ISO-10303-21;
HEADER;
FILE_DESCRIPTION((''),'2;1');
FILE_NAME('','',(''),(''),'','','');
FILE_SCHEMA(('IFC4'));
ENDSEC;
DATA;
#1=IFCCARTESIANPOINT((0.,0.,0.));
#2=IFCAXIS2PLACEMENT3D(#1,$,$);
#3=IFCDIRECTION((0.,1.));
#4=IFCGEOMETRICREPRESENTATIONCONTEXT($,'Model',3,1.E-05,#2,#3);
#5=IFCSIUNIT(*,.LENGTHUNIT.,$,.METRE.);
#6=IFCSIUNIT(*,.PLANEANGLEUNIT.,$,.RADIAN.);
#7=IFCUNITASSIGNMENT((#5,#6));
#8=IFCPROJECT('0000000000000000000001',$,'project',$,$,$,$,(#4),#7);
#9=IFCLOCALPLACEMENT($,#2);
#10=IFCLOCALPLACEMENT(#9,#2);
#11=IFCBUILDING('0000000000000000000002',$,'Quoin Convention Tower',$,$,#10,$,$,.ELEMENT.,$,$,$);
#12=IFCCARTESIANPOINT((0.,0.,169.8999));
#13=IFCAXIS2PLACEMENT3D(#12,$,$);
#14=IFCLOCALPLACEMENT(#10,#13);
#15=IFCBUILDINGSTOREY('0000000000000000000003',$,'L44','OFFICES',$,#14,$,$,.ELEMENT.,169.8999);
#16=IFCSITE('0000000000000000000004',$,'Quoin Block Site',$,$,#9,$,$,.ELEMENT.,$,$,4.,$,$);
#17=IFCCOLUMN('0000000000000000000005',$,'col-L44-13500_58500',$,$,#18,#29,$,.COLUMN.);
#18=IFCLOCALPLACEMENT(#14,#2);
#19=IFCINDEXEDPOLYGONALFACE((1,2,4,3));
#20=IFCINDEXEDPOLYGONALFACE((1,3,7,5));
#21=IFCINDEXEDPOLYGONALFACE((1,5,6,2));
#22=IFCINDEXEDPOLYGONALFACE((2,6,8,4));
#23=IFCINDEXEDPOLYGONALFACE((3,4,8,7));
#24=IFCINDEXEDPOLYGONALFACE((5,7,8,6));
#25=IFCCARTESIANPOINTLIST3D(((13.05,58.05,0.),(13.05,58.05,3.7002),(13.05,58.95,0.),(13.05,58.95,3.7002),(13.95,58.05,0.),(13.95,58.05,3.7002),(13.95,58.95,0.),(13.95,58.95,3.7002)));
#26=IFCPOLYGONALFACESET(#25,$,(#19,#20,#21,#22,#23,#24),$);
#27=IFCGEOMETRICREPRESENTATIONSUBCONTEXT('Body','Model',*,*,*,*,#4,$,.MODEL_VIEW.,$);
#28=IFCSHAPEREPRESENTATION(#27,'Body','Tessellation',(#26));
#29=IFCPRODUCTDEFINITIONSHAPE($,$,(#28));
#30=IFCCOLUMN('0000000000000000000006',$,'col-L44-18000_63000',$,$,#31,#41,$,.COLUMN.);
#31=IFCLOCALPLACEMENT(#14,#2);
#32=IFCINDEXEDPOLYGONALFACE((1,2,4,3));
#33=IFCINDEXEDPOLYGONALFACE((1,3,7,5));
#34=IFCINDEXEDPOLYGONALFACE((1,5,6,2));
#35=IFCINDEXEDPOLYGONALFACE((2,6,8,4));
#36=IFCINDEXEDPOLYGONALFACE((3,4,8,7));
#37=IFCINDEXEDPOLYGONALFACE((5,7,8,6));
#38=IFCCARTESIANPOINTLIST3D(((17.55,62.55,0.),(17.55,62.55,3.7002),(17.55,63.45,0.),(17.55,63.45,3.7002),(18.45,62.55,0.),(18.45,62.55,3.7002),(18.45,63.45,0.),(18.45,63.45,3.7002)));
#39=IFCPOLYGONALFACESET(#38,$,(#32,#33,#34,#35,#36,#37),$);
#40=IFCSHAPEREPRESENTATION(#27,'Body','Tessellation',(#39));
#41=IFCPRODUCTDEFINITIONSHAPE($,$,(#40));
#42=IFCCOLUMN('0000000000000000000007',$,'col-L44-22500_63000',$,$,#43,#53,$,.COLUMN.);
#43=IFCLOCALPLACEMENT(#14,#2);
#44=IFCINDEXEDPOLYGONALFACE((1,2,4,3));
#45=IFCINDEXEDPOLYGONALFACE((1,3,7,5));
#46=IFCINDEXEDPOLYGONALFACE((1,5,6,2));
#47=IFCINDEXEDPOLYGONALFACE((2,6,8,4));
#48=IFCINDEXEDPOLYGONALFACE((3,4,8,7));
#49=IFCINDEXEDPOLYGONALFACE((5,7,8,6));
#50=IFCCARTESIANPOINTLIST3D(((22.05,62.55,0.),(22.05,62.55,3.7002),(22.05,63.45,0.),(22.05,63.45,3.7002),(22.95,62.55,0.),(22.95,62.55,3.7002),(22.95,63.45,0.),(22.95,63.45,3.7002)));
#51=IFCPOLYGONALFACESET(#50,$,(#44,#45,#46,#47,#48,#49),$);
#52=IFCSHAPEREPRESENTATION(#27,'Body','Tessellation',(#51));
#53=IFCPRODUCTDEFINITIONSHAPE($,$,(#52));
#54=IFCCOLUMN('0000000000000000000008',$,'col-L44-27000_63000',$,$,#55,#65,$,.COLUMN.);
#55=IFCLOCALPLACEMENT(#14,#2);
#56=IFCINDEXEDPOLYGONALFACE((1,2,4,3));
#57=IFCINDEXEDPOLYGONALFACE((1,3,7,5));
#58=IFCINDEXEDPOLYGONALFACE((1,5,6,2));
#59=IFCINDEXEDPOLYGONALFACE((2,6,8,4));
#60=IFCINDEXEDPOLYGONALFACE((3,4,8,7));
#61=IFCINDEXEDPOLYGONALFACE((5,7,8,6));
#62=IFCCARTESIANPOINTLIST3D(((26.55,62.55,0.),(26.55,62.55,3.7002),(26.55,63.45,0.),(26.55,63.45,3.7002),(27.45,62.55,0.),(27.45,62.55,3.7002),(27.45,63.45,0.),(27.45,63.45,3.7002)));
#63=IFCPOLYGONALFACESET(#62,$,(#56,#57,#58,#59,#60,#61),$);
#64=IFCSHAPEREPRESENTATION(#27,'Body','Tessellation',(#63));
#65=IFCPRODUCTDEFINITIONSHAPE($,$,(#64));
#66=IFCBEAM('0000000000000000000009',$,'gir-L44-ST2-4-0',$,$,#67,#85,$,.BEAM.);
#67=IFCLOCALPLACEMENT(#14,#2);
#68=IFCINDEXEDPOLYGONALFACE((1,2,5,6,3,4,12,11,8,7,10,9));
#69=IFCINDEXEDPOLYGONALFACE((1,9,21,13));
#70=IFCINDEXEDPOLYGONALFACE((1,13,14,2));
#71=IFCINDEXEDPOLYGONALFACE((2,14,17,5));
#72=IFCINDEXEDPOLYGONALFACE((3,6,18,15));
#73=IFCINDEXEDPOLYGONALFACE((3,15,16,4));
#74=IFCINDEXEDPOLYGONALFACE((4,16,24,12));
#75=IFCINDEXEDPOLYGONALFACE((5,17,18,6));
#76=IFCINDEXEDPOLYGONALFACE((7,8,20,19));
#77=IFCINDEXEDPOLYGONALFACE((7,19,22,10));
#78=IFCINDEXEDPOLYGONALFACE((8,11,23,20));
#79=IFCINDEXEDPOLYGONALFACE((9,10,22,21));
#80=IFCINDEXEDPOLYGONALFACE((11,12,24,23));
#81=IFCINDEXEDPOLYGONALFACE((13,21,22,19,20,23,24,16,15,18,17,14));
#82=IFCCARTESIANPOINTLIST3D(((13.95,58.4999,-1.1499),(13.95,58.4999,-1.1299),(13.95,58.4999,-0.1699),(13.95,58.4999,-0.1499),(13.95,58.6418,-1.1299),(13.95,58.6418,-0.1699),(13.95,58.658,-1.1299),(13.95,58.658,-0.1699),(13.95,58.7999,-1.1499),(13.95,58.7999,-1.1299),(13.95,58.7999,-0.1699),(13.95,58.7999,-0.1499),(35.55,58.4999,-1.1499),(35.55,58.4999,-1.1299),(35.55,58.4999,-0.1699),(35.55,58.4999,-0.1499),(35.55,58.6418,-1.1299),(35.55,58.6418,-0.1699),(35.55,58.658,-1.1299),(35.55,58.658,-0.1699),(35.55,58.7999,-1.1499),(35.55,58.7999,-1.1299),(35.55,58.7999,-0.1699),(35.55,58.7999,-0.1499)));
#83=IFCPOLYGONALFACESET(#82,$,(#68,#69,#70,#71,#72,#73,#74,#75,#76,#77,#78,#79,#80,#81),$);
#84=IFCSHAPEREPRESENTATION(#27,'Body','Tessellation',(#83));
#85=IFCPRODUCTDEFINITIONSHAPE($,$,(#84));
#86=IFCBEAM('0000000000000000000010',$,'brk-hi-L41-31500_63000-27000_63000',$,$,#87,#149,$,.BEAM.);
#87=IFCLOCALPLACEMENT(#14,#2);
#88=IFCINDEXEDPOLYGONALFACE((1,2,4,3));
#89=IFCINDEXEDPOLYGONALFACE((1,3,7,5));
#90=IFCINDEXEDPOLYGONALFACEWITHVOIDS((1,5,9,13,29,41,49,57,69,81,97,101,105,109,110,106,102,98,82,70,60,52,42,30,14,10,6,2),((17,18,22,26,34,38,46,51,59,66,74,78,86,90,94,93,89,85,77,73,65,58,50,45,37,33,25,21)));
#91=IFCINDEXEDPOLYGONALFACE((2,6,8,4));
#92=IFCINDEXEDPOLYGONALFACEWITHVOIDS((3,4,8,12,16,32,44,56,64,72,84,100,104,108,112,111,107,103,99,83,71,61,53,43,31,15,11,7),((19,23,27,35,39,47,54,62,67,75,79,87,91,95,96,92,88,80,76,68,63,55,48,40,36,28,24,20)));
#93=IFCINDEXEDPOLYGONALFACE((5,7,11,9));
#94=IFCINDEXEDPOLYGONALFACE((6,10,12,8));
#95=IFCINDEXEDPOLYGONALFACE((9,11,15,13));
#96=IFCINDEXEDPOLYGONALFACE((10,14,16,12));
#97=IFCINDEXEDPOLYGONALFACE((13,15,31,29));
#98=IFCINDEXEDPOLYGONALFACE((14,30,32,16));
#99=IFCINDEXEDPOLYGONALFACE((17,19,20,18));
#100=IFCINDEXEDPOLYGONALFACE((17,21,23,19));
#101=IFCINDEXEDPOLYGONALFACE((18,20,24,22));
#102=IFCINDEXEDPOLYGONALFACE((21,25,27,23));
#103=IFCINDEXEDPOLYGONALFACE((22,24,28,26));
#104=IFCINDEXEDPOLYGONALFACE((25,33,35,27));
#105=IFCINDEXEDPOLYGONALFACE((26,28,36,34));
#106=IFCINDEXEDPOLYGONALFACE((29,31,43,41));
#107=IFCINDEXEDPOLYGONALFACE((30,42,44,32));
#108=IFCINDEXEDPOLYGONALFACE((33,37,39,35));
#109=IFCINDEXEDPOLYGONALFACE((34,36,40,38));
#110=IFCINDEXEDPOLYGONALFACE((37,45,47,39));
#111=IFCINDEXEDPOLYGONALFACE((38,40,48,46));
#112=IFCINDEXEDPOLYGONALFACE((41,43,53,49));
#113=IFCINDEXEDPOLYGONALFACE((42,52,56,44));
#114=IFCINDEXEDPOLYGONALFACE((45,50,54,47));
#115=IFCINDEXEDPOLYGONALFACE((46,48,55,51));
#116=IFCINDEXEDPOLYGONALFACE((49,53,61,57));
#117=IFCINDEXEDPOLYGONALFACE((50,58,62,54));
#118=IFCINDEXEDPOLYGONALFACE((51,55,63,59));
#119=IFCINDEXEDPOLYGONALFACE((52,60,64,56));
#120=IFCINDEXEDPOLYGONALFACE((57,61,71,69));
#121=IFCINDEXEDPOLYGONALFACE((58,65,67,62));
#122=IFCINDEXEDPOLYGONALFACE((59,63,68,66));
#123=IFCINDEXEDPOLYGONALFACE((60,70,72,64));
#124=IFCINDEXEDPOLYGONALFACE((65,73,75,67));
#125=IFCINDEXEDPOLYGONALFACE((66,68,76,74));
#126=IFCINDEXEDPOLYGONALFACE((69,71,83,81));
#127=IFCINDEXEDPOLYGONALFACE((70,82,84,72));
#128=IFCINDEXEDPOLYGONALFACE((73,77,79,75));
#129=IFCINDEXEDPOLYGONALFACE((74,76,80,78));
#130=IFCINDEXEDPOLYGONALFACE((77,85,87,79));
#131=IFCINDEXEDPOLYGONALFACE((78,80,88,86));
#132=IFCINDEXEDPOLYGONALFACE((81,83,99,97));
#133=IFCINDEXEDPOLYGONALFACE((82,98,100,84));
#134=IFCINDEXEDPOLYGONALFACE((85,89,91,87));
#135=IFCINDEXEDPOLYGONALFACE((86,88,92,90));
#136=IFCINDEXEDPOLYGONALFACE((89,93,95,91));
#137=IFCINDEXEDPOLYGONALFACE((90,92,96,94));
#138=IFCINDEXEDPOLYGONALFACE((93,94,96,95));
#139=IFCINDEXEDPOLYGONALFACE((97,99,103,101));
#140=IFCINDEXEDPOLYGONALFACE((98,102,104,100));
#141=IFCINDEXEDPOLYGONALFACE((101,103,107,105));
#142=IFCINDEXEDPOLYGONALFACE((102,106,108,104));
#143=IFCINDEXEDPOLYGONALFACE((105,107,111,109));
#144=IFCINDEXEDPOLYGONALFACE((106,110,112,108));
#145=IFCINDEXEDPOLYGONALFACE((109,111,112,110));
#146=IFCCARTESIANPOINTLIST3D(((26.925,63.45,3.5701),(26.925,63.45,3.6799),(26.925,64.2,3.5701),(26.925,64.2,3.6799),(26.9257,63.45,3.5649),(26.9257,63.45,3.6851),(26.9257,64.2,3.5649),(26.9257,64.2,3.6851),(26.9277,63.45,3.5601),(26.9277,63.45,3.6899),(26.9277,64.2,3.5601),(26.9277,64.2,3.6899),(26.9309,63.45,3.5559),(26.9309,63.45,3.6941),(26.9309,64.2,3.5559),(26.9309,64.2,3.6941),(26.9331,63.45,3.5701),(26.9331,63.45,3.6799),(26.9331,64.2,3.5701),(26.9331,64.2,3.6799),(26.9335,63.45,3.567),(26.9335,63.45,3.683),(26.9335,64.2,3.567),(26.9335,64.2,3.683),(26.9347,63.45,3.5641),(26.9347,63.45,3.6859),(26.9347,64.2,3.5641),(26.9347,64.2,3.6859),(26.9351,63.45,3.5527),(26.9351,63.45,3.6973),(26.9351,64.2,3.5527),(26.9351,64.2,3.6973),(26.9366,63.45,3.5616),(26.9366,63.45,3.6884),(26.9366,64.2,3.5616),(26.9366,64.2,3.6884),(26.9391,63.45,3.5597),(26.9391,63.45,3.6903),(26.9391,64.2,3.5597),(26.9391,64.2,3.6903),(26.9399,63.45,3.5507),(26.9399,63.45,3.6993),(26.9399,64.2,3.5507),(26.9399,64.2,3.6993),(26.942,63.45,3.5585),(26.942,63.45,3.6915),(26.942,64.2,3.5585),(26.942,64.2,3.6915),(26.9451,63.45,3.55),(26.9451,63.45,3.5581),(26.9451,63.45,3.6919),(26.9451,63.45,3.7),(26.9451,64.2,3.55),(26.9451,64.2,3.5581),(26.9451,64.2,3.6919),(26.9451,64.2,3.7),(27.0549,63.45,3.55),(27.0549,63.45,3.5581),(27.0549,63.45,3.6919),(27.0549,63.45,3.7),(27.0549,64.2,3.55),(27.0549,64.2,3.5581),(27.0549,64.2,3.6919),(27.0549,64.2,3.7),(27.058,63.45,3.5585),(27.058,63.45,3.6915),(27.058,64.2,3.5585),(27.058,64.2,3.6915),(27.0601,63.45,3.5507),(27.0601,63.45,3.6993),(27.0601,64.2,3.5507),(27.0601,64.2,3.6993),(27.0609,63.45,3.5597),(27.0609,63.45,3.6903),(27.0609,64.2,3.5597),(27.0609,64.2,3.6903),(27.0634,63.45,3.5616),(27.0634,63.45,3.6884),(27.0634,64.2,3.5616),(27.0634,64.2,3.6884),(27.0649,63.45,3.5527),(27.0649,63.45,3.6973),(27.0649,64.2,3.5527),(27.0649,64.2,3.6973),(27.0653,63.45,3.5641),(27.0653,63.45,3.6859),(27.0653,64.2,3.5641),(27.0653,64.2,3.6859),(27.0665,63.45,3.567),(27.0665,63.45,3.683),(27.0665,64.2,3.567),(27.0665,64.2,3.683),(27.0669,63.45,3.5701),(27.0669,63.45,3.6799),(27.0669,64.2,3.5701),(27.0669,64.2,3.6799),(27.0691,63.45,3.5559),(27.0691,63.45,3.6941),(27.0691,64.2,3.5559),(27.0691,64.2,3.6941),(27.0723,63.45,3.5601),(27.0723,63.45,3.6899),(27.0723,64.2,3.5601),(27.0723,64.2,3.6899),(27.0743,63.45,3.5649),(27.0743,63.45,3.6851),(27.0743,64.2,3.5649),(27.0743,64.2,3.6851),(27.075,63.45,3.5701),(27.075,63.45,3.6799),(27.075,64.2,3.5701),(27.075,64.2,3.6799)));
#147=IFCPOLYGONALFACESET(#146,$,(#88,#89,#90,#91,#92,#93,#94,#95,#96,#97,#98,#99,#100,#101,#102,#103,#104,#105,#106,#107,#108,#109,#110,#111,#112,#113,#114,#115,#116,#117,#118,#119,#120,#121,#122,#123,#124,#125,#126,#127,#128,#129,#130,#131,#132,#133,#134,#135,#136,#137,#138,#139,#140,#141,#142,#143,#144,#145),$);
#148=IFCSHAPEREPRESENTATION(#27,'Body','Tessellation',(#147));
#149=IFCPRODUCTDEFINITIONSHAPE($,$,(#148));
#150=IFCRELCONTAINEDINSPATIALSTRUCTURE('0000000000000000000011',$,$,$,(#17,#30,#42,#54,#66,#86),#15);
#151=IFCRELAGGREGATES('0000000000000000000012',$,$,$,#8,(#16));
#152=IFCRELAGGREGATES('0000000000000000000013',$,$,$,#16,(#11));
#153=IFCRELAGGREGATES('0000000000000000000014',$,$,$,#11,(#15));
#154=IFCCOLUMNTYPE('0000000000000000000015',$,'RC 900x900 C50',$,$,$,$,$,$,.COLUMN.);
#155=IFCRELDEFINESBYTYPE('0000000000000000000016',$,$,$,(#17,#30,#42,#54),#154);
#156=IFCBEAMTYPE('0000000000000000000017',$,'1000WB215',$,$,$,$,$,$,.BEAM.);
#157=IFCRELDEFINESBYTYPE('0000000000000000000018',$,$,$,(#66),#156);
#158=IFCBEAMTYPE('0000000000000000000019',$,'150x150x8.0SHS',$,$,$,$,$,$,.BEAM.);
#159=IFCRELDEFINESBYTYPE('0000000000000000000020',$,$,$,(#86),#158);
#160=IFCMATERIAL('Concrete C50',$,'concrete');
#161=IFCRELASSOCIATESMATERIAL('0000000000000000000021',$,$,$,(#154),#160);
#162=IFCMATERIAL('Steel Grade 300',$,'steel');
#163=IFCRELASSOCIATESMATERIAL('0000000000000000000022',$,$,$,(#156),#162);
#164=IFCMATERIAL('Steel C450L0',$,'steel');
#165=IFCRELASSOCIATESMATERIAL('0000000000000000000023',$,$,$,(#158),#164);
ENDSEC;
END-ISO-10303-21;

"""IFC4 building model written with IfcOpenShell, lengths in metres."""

from ifc_helpers import new_model, si_unit, direction, frame, origin, origin_2d, place, context, subcontext, project, spatial, rectangle, hollow_rectangle, i_section, extrude, material, material_profile, profile_set, type_object, element, save


model = new_model("IFC4")

# Units and contexts
model_context = context("Model", 3, precision=1e-05, world=origin(), true_north=direction((0.0, 1.0)))
body_context = subcontext(model_context, "Body", "Model", "MODEL_VIEW")
ifc_project = project(units=[si_unit("LENGTHUNIT", "METRE"), si_unit("PLANEANGLEUNIT", "RADIAN")], contexts=[model_context])

# Site, building, storey
site_placement = place(None, origin())
site = spatial("IfcSite", under=ifc_project, at=site_placement, Name="Quoin Block Site", CompositionType="ELEMENT", RefElevation=4.0)
building_placement = place(site_placement, origin())
building = spatial("IfcBuilding", under=site, at=building_placement, Name="Quoin Convention Tower", CompositionType="ELEMENT")
storey_placement = place(building_placement, frame((0.0, 0.0, 169.8999)))
storey = spatial("IfcBuildingStorey", under=building, at=storey_placement, Name="L44", Description="OFFICES", CompositionType="ELEMENT", Elevation=169.8999)

# Columns
ifc_material_1 = material(Name="Concrete C50", Category="concrete")
ifc_material_profile_1 = material_profile(ifc_material_1, rectangle(XDim=0.8999, YDim=0.8999, at=origin_2d()), Name="RC 900x900")
ifc_profile_set_1 = profile_set([ifc_material_profile_1], Name="Concrete C50")
column_type = type_object("IfcColumnType", Name="RC 900x900 C50", PredefinedType="COLUMN", material=ifc_profile_set_1)
for number, where, z_axis, x_axis, name in (
    (1, (13.5, 58.5, 0.0), (0.0, 0.0, 1.0), (1.0, 0.0, 0.0), "col-L44-13500_58500"),
    (2, (18.0, 63.0, 0.0), (0.0, 0.0, 1.0), (1.0, 0.0, 0.0), "col-L44-18000_63000"),
    (3, (22.5, 63.0, 0.0), (0.0, 0.0, 1.0), (1.0, 0.0, 0.0), "col-L44-22500_63000"),
    (4, (27.0, 63.0, 0.0), (0.0, 0.0, 1.0), (1.0, 0.0, 0.0), "col-L44-27000_63000"),
):
    element("IfcColumn", number, at=place(storey_placement, frame(where, z_axis=z_axis, x_axis=x_axis)), inside=storey, type_object=column_type, Name=name, PredefinedType="COLUMN", context=body_context, shape_type="SweptSolid", body=[
        extrude(rectangle(XDim=0.8999, YDim=0.8999, at=origin_2d()), origin(), (0.0, 0.0, 1.0), 3.7002),
    ])

# Beams
ifc_material_2 = material(Name="Steel Grade 300", Category="steel")
ifc_material_profile_2 = material_profile(ifc_material_2, i_section(OverallWidth=0.3, OverallDepth=1.0, WebThickness=0.0161, FlangeThickness=0.02, at=origin_2d()), Name="1000WB215")
ifc_profile_set_2 = profile_set([ifc_material_profile_2], Name="Steel Grade 300")
beam_type_1 = type_object("IfcBeamType", Name="1000WB215", PredefinedType="BEAM", material=ifc_profile_set_2)
beam_1_placement = place(storey_placement, frame((13.95, 58.6499, -0.6499), z_axis=(1.0, 0.0, 0.0), x_axis=(0.0, 1.0, 0.0)))
element("IfcBeam", 5, at=beam_1_placement, inside=storey, type_object=beam_type_1, Name="gir-L44-ST2-4-0", PredefinedType="BEAM", context=body_context, shape_type="SweptSolid", body=[
    extrude(i_section(OverallWidth=0.3, OverallDepth=1.0, WebThickness=0.0161, FlangeThickness=0.02, at=origin_2d()), origin(), (0.0, 0.0, 1.0), 21.6001),
])
ifc_material_3 = material(Name="Steel C450L0", Category="steel")
ifc_material_profile_3 = material_profile(ifc_material_3, hollow_rectangle(XDim=0.1499, YDim=0.1499, WallThickness=0.0081, InnerFilletRadius=0.012, OuterFilletRadius=0.02, at=origin_2d()), Name="150x150x8.0SHS")
ifc_profile_set_3 = profile_set([ifc_material_profile_3], Name="Steel C450L0")
beam_type_2 = type_object("IfcBeamType", Name="150x150x8.0SHS", PredefinedType="BEAM", material=ifc_profile_set_3)
for number, where, z_axis, x_axis, name in (
    (6, (27.0, 63.45, 3.625), (0.0, 1.0, 0.0), (-1.0, 0.0, 0.0), "brk-hi-L41-31500_63000-27000_63000"),
):
    element("IfcBeam", number, at=place(storey_placement, frame(where, z_axis=z_axis, x_axis=x_axis)), inside=storey, type_object=beam_type_2, Name=name, PredefinedType="BEAM", context=body_context, shape_type="SweptSolid", body=[
        extrude(hollow_rectangle(XDim=0.1499, YDim=0.1499, WallThickness=0.0081, InnerFilletRadius=0.012, OuterFilletRadius=0.02, at=origin_2d()), origin(), (0.0, 0.0, 1.0), 0.75),
    ])

save(model, "model.ifc")
